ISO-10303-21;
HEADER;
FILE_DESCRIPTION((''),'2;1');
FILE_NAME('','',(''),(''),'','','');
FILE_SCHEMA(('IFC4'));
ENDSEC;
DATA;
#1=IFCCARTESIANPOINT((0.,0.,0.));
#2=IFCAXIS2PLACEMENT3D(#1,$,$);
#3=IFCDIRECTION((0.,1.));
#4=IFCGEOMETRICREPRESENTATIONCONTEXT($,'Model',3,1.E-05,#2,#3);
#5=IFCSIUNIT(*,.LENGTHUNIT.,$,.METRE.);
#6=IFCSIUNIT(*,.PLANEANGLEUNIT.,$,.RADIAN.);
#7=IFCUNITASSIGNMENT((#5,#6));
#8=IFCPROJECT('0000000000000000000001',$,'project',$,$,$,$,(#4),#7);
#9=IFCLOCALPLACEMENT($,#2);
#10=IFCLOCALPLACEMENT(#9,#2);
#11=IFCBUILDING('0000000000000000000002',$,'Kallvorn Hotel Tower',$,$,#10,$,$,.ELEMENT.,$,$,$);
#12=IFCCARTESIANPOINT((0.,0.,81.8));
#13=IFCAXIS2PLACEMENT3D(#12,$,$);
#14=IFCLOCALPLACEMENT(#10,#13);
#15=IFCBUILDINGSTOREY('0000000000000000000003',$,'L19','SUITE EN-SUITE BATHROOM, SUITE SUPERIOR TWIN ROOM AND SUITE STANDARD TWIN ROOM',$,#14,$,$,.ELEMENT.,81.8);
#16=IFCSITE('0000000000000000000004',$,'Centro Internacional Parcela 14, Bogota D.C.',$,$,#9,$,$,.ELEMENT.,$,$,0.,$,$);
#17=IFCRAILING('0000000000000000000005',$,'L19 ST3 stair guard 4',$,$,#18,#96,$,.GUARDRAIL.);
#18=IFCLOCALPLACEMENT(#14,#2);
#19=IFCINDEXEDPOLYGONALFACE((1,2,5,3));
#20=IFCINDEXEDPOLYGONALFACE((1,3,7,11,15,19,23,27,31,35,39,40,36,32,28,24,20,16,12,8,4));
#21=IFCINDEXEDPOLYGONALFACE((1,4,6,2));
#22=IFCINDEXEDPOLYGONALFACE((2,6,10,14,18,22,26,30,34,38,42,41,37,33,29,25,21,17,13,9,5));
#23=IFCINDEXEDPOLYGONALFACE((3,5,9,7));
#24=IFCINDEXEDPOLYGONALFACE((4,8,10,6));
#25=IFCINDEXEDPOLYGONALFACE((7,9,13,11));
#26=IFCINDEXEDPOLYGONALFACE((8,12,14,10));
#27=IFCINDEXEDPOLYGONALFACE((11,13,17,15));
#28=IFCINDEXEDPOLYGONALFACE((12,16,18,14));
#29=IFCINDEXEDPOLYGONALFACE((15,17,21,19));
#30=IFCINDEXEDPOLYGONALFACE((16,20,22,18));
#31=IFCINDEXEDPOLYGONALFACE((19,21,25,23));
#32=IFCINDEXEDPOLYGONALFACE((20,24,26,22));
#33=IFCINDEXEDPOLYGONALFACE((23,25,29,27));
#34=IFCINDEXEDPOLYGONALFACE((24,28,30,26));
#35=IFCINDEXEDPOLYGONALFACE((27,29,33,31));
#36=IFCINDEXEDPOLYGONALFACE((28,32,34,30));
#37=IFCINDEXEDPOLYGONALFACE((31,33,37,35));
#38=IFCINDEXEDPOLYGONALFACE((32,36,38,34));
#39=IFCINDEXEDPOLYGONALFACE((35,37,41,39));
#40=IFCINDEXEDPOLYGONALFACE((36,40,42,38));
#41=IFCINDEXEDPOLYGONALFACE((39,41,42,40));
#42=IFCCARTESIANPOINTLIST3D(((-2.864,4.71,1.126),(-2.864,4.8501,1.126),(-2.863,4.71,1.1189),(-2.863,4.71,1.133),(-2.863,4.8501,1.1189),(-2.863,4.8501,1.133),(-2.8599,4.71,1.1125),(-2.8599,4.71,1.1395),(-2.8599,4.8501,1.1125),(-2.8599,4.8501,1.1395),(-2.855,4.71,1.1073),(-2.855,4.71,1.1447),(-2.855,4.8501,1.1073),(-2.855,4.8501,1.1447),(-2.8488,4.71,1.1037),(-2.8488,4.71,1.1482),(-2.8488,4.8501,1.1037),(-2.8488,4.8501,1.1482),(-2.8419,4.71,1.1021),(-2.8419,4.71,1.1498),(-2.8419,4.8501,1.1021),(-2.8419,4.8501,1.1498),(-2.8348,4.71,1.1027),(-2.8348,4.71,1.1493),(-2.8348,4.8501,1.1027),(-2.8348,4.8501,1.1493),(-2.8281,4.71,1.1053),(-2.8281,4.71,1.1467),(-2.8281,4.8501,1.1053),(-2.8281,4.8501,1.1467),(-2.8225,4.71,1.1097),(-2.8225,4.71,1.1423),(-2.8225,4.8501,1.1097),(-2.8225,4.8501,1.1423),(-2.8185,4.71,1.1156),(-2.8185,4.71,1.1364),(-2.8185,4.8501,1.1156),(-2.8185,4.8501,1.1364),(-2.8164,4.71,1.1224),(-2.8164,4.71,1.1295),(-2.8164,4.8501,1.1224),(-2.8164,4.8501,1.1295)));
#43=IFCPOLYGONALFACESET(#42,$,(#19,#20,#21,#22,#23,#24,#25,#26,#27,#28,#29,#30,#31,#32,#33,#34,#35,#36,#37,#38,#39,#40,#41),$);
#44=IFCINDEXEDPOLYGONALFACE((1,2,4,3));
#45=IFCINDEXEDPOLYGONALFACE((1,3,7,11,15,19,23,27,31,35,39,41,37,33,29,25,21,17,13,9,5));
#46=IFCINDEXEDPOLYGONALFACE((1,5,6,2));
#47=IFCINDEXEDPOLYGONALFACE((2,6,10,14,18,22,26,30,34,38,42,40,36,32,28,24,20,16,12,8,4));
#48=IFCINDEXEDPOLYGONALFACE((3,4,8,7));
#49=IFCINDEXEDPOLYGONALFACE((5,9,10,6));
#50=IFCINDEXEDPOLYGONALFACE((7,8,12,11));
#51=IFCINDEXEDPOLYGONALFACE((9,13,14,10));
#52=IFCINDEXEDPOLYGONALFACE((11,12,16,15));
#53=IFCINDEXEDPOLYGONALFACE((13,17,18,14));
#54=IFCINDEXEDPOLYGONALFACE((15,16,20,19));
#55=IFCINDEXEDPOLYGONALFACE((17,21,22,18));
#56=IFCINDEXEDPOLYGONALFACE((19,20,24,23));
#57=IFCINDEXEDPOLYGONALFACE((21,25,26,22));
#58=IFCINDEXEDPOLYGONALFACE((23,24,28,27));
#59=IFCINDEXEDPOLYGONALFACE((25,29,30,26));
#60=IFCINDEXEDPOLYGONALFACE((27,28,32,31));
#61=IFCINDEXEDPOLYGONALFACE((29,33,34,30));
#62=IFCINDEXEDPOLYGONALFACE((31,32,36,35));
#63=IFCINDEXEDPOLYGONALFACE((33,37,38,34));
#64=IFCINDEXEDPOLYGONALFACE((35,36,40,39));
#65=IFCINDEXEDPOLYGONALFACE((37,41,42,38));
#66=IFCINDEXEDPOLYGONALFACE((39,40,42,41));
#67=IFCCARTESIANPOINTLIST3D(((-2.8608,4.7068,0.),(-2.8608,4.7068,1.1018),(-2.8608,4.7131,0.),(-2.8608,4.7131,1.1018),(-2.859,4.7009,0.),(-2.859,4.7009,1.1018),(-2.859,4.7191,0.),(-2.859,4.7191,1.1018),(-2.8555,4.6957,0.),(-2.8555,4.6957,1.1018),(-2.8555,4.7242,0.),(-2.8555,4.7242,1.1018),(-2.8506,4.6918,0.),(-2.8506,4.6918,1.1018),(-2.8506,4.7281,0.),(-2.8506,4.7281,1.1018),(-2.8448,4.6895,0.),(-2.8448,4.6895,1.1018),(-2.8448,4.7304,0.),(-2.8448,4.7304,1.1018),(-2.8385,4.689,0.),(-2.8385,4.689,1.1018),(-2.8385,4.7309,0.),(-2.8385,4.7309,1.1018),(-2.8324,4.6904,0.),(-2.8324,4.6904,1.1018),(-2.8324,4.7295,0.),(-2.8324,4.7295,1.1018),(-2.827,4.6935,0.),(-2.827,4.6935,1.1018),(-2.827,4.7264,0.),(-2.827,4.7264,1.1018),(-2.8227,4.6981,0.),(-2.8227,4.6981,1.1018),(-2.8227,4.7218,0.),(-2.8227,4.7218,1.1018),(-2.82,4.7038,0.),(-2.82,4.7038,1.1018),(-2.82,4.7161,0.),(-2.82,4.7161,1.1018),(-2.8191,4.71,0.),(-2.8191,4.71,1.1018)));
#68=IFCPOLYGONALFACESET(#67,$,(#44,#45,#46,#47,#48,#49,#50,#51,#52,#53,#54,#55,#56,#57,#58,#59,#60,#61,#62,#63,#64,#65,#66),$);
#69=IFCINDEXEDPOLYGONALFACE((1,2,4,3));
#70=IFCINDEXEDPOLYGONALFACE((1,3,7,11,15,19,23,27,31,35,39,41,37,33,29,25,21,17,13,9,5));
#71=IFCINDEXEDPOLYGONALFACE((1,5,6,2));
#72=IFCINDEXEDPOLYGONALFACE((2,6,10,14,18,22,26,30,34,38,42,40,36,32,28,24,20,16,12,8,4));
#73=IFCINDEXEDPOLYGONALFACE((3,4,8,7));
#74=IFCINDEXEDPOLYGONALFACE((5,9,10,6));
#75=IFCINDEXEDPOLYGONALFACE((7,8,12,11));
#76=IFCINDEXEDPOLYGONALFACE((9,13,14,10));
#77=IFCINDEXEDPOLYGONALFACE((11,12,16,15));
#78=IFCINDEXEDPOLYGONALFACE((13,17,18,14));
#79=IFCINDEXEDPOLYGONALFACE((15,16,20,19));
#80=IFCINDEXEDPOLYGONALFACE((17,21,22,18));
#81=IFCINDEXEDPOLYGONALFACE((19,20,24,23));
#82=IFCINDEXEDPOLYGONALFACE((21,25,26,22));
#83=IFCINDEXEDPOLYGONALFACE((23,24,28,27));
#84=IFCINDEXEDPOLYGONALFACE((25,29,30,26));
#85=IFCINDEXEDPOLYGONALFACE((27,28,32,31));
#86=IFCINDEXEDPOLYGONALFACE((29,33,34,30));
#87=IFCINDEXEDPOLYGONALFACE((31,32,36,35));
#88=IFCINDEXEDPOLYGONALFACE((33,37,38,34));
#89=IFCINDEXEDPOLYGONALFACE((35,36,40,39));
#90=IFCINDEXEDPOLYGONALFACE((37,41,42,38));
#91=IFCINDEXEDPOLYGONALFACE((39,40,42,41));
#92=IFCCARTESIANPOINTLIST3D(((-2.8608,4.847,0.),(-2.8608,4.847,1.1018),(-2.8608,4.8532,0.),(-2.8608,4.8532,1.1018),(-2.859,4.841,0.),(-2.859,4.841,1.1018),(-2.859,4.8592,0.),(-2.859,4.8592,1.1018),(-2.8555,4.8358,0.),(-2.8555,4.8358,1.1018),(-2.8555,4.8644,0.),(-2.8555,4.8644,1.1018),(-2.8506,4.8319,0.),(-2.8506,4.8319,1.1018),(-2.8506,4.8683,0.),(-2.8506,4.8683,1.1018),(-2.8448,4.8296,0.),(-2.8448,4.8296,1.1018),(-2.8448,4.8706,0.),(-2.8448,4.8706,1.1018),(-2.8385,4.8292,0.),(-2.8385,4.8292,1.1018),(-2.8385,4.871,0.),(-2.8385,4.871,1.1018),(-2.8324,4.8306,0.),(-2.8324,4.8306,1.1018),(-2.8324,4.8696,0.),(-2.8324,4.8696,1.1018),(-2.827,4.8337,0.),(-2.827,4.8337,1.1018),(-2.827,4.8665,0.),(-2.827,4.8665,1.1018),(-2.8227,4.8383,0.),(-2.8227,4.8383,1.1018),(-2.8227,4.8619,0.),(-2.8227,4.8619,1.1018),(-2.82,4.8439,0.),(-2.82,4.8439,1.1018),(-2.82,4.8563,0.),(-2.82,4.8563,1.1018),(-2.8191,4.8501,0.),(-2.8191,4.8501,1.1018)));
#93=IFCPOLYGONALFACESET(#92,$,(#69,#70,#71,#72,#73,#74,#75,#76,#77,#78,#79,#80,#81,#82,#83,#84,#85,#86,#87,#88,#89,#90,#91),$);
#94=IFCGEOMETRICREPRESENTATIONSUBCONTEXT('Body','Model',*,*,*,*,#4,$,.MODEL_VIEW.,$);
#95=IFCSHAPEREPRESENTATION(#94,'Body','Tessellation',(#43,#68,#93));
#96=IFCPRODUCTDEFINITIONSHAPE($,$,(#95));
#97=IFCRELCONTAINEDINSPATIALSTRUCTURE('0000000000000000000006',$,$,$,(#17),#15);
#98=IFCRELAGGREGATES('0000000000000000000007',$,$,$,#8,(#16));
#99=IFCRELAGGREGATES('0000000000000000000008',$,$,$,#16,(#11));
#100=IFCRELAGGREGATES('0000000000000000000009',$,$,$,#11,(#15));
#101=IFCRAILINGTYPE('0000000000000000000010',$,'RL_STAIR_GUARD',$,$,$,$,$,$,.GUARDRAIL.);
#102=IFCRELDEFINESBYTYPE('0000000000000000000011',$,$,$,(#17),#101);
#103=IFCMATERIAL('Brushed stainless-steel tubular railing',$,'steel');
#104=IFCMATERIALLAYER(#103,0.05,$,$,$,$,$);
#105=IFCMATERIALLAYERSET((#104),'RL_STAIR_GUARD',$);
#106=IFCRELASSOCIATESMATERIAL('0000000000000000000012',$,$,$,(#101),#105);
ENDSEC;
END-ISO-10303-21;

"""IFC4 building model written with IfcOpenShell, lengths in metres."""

from ifc_helpers import new_model, si_unit, direction, frame, origin, origin_2d, place, context, subcontext, project, spatial, circle, extrude, material, layer, layer_set, type_object, element, save


model = new_model("IFC4")

# Units and contexts
model_context = context("Model", 3, precision=1e-05, world=origin(), true_north=direction((0.0, 1.0)))
body_context = subcontext(model_context, "Body", "Model", "MODEL_VIEW")
ifc_project = project(units=[si_unit("LENGTHUNIT", "METRE"), si_unit("PLANEANGLEUNIT", "RADIAN")], contexts=[model_context])

# Site, building, storey
site_placement = place(None, origin())
site = spatial("IfcSite", under=ifc_project, at=site_placement, Name="Centro Internacional Parcela 14, Bogota D.C.", CompositionType="ELEMENT", RefElevation=0.0)
building_placement = place(site_placement, origin())
building = spatial("IfcBuilding", under=site, at=building_placement, Name="Kallvorn Hotel Tower", CompositionType="ELEMENT")
storey_placement = place(building_placement, frame((0.0, 0.0, 81.8)))
storey = spatial("IfcBuildingStorey", under=building, at=storey_placement, Name="L19", Description="SUITE EN-SUITE BATHROOM, SUITE SUPERIOR TWIN ROOM AND SUITE STANDARD TWIN ROOM", CompositionType="ELEMENT", Elevation=81.8)

# Railing
ifc_material_1 = material(Name="Brushed stainless-steel tubular railing", Category="steel")
ifc_layer_1 = layer(ifc_material_1, 0.05)
ifc_layer_set_1 = layer_set([ifc_layer_1], Name="RL_STAIR_GUARD")
railing_type_1 = type_object("IfcRailingType", Name="RL_STAIR_GUARD", PredefinedType="GUARDRAIL", material=ifc_layer_set_1)
railing_1_placement = place(storey_placement, frame((-2.8401, 4.71, 0.0)))
element("IfcRailing", 1, at=railing_1_placement, inside=storey, type_object=railing_type_1, Name="L19 ST3 stair guard 4", PredefinedType="GUARDRAIL", context=body_context, shape_type="SweptSolid", body=[
    extrude(circle(Radius=0.0239, at=origin_2d()), frame((0.0, 0.0, 1.126), z_axis=(0.0, 1.0, 0.0), x_axis=(-1.0, 0.0, 0.0)), (0.0, 0.0, 1.0), 0.1401),
    extrude(circle(Radius=0.021, at=origin_2d()), origin(), (0.0, 0.0, 1.0), 1.1018),
    extrude(circle(Radius=0.021, at=origin_2d()), frame((0.0, 0.1401, 0.0)), (0.0, 0.0, 1.0), 1.1018),
])

save(model, "model.ifc")
